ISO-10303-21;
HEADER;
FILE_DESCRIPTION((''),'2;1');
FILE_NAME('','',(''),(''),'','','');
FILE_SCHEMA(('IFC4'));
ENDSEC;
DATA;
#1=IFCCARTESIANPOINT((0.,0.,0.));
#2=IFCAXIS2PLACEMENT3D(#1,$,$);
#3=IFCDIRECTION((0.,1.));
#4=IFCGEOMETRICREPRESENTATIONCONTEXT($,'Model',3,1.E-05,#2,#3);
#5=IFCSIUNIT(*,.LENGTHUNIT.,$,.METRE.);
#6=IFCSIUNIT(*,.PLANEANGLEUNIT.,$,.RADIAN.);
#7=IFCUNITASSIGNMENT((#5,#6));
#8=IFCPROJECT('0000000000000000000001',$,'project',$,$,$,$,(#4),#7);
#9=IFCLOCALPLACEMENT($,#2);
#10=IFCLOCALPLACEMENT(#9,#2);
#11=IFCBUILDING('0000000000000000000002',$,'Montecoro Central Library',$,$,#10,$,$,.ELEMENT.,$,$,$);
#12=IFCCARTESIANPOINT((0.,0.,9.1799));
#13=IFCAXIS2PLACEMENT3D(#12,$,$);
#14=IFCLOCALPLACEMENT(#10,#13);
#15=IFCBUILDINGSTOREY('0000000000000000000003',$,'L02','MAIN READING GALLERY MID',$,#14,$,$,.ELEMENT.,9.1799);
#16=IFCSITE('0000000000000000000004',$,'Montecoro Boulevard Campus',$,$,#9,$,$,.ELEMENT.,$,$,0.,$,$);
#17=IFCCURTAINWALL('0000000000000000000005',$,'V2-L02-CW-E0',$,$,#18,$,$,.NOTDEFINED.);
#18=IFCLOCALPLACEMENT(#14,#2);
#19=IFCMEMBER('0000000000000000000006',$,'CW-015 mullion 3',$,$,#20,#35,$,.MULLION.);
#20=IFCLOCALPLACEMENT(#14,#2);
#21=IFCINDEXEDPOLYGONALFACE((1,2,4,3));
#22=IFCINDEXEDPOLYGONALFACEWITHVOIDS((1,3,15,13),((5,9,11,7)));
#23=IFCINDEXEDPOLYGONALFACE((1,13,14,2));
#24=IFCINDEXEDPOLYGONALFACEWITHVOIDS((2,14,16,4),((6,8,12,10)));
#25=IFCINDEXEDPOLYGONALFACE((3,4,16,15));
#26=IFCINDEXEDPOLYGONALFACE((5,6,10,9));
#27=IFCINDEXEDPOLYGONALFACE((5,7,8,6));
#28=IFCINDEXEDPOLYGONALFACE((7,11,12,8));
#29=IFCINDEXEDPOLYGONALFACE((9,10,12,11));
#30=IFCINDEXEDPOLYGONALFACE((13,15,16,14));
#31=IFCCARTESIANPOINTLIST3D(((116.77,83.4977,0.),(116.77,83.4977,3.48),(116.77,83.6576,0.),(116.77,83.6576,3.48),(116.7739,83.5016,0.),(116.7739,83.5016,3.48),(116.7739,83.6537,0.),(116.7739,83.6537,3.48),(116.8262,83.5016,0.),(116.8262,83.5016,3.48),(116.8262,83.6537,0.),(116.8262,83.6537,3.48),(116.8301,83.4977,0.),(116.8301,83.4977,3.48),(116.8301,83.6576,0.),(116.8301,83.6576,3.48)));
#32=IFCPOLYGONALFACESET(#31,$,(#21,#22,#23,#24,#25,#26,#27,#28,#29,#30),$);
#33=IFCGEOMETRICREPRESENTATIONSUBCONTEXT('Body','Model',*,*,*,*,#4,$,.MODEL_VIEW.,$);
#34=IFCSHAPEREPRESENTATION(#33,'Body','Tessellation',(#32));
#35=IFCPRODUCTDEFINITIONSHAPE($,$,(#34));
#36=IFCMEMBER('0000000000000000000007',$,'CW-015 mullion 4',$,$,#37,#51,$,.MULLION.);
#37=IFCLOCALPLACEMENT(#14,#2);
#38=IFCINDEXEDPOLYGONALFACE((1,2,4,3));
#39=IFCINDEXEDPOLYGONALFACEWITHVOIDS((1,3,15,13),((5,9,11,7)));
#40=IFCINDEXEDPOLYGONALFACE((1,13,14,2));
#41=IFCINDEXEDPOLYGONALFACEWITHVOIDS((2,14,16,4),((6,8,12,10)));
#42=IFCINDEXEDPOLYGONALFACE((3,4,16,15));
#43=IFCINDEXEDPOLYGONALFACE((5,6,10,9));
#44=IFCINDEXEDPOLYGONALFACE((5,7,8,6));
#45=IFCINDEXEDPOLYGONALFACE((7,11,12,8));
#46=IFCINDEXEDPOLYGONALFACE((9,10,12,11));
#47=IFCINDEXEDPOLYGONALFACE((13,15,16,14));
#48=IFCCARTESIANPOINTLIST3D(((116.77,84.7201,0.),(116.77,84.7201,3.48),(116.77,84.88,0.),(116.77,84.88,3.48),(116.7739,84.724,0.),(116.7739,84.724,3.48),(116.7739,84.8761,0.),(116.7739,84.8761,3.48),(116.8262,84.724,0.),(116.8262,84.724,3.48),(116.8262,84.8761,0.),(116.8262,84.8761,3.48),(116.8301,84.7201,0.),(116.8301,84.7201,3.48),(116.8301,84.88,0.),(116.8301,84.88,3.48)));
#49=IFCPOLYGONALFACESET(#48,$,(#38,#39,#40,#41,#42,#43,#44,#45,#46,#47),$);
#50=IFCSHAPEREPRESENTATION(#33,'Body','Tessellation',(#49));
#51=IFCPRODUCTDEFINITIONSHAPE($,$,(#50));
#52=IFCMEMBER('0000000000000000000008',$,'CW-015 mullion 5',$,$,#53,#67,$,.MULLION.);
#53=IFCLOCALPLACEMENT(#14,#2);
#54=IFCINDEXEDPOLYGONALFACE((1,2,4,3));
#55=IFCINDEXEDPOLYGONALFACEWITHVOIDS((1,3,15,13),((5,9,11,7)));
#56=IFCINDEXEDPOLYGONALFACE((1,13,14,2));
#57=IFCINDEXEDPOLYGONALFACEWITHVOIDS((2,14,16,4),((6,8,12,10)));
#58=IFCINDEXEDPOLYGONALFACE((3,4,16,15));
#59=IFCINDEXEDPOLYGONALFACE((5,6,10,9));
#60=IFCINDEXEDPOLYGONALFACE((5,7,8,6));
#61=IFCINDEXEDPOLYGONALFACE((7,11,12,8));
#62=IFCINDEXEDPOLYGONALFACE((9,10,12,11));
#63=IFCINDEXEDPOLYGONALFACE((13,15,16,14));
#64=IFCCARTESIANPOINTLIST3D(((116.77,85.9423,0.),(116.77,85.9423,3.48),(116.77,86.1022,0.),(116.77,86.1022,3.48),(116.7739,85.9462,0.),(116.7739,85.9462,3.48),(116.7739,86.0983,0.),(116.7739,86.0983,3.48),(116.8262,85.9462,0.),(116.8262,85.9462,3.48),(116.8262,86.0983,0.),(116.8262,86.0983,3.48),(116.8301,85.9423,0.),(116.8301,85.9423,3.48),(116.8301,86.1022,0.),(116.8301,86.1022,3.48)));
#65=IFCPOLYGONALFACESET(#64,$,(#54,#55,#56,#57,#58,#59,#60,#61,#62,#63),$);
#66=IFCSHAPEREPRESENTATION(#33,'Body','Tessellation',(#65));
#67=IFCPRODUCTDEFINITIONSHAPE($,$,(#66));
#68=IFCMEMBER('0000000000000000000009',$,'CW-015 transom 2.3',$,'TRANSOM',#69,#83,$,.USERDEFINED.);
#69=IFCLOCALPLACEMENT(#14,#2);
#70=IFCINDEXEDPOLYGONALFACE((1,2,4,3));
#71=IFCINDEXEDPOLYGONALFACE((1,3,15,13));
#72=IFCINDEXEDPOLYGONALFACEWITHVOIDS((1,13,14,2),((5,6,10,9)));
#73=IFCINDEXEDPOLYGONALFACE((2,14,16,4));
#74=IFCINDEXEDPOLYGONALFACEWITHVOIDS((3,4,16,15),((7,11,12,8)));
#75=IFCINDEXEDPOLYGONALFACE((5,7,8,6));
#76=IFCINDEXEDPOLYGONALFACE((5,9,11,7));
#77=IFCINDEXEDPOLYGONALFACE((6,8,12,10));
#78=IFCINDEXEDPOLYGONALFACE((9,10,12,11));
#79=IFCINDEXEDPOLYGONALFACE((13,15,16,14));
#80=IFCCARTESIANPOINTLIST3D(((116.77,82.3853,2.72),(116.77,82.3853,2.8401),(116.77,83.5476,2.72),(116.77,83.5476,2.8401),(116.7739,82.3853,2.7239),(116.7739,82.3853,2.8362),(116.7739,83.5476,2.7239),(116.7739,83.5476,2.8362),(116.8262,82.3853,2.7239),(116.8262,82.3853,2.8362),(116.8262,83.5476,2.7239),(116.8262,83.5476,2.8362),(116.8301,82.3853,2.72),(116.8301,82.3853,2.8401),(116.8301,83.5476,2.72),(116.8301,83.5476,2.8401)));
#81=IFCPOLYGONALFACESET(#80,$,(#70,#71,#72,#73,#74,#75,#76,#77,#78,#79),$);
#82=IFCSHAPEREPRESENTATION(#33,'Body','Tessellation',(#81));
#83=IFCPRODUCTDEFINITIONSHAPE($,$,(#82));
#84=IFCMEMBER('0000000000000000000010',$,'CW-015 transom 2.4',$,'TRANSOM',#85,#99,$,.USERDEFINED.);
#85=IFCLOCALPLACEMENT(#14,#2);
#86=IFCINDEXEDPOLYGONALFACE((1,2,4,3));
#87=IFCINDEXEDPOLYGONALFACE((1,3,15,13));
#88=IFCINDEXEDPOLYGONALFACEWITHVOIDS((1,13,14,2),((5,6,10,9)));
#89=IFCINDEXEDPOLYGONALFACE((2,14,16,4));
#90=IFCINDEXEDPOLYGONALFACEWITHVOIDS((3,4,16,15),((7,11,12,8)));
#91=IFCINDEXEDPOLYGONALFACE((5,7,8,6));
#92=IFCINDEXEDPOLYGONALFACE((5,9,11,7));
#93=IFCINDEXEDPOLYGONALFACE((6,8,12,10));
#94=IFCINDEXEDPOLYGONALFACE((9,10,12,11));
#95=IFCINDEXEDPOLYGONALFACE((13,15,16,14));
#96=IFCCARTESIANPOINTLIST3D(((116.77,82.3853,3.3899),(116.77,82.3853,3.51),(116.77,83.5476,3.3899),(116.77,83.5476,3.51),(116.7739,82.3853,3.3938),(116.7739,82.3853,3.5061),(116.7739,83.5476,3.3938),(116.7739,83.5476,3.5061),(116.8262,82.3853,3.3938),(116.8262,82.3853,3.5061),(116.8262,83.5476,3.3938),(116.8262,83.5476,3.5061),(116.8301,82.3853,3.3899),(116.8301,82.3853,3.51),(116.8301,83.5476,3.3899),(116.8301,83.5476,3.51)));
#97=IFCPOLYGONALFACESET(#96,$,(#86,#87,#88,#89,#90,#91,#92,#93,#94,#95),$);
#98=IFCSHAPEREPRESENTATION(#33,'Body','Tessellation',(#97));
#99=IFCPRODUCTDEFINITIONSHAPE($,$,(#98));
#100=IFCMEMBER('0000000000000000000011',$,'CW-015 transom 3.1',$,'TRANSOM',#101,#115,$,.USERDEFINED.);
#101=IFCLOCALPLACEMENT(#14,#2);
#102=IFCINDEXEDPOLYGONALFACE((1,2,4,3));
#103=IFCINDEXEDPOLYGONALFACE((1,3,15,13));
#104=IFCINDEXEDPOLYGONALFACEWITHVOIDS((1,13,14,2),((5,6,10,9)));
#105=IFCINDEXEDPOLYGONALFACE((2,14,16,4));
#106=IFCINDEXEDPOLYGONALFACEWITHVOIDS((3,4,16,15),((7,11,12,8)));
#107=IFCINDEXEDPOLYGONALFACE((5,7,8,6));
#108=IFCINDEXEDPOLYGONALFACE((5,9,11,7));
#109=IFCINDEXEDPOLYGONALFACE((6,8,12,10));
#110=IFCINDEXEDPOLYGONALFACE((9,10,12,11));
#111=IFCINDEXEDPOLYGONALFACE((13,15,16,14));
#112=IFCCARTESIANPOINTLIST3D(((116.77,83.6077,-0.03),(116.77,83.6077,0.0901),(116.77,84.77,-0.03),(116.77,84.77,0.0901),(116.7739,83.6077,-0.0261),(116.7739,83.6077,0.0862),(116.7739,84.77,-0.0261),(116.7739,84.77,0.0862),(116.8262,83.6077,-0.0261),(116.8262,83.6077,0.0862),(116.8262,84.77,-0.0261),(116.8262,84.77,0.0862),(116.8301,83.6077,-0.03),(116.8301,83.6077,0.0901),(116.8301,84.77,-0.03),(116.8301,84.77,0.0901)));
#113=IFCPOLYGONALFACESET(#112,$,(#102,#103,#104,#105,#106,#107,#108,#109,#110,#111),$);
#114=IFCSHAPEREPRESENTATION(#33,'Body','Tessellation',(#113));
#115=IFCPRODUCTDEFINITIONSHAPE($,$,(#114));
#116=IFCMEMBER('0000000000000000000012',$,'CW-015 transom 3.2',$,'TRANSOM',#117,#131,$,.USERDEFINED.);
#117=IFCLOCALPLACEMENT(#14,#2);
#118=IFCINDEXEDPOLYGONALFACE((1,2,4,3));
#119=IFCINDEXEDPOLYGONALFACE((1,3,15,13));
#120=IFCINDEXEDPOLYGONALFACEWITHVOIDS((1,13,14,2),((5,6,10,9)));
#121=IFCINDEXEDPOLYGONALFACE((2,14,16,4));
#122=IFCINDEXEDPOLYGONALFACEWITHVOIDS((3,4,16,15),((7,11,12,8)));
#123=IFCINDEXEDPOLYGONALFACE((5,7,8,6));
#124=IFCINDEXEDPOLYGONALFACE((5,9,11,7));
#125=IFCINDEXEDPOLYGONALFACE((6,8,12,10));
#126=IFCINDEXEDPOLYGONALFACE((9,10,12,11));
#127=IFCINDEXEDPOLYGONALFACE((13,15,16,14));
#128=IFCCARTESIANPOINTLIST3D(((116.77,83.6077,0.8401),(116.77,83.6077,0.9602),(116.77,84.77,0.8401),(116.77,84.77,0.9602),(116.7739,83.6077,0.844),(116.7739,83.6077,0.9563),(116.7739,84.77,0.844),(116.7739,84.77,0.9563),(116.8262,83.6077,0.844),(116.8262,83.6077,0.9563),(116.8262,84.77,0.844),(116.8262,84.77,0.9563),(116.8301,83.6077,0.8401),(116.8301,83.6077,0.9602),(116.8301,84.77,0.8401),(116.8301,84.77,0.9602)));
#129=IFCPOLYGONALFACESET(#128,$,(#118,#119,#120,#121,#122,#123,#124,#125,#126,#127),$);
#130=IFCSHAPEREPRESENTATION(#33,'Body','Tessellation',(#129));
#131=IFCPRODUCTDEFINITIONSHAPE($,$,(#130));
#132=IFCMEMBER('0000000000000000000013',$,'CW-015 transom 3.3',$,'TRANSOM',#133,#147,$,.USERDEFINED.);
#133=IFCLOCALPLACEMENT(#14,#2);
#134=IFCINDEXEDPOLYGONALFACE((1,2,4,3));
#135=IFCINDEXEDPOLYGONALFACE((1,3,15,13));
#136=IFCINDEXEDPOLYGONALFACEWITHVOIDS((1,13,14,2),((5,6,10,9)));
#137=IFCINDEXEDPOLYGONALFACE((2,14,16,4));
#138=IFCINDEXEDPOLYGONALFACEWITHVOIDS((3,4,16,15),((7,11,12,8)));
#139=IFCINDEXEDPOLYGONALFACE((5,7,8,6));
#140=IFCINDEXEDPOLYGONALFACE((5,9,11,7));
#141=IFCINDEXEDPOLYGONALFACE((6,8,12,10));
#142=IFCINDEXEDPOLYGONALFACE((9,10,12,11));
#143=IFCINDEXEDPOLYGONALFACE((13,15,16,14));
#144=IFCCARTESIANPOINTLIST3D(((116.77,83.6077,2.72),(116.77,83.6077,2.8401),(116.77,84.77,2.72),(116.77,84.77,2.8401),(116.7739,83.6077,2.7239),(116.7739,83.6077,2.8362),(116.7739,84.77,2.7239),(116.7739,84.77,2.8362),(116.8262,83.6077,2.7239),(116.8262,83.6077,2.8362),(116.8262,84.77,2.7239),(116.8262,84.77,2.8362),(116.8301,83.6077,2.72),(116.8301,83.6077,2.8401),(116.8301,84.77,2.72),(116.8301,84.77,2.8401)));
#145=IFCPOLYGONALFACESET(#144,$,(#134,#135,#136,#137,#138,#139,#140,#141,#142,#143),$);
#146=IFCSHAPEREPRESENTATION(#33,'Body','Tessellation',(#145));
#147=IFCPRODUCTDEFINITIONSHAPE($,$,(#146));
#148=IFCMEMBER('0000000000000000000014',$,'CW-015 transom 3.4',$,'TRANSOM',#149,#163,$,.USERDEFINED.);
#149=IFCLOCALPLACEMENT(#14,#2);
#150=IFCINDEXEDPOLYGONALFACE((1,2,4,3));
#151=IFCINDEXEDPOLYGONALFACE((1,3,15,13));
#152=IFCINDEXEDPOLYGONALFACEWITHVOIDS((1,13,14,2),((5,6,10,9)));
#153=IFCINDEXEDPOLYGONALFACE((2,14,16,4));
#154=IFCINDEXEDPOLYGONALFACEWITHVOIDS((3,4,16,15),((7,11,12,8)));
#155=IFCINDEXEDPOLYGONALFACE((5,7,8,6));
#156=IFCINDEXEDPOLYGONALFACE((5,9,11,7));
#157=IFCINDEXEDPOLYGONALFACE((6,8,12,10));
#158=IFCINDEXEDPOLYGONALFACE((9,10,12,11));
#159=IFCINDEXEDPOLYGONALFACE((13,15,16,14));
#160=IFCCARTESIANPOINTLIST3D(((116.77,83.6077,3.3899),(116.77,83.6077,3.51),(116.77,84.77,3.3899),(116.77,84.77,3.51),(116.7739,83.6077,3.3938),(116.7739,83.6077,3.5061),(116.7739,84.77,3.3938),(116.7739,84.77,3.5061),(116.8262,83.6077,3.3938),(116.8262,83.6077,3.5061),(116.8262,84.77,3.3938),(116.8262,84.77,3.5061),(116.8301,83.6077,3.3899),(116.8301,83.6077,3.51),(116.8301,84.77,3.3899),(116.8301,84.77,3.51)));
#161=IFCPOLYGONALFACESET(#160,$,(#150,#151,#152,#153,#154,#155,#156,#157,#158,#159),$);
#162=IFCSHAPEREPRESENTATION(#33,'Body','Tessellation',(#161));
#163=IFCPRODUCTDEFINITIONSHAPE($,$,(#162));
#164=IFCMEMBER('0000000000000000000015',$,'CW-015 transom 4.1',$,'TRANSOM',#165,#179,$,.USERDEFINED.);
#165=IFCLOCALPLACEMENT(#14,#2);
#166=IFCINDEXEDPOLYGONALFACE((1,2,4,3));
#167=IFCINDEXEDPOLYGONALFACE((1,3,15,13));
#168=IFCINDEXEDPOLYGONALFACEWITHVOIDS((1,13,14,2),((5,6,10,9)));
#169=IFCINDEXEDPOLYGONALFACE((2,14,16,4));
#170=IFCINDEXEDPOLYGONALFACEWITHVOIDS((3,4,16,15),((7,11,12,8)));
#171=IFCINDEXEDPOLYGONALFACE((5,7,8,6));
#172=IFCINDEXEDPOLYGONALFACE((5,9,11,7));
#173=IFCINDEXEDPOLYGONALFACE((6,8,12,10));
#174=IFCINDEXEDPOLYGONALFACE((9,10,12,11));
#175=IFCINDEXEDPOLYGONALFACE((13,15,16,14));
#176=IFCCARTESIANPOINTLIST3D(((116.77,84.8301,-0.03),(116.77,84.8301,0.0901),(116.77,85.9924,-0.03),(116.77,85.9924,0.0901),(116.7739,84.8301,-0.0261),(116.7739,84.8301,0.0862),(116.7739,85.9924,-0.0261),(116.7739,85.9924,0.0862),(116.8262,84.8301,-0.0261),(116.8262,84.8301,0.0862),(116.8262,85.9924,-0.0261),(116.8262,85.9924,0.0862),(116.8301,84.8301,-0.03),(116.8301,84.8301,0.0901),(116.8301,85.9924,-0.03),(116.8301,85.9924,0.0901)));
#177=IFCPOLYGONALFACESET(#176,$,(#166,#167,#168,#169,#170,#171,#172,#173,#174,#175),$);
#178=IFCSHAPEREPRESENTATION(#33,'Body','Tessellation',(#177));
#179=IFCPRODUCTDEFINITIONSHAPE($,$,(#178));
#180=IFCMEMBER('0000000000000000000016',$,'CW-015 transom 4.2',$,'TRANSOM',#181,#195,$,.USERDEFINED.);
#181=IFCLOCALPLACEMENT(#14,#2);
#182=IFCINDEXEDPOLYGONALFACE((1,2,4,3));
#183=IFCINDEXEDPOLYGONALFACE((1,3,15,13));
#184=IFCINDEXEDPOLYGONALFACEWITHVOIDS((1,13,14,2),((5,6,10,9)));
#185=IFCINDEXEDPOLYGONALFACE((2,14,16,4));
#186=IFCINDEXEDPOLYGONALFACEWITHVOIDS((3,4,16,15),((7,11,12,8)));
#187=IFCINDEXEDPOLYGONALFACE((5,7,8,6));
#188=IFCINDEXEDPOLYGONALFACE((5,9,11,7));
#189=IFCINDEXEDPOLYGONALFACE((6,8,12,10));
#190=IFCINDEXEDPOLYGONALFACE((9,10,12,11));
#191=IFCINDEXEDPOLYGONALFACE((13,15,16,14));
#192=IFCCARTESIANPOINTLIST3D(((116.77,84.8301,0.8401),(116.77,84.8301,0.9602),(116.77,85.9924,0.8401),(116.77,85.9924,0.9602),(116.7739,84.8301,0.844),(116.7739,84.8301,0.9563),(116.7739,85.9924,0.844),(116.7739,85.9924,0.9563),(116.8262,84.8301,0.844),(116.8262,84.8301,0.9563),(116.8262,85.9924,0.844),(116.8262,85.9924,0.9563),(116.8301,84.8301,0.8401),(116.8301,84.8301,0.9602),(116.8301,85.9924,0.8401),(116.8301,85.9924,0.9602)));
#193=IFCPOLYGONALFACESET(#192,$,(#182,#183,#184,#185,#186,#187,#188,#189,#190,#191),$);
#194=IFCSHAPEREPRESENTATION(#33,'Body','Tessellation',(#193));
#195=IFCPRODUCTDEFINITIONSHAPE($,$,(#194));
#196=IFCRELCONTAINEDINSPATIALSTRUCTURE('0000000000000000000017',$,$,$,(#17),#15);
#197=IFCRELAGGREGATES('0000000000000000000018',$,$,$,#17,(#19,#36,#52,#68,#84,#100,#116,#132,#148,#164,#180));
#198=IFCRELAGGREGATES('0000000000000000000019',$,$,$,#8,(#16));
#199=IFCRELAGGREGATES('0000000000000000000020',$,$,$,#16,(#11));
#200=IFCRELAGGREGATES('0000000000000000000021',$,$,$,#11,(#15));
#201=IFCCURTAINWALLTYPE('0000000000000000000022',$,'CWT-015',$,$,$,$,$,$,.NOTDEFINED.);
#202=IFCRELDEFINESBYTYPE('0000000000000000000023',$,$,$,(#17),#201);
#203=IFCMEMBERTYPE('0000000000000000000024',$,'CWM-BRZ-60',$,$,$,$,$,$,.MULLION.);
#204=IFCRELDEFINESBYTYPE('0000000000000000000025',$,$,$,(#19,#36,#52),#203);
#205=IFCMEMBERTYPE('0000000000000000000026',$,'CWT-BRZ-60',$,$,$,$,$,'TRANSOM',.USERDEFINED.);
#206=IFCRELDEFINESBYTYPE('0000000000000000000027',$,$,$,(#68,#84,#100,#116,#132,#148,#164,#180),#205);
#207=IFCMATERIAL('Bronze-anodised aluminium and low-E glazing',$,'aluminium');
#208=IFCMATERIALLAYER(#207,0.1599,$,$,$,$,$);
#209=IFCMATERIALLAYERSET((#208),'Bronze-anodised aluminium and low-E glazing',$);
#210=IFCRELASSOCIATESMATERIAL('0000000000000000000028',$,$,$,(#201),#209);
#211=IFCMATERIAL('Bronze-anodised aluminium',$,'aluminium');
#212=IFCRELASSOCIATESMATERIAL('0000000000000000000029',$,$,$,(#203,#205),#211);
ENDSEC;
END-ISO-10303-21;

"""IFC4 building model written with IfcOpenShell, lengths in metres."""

from ifc_helpers import new_model, si_unit, direction, frame, origin, origin_2d, place, context, subcontext, project, spatial, hollow_rectangle, extrude, material, layer, layer_set, material_profile, profile_set, type_object, element, aggregate, save


model = new_model("IFC4")

# Units and contexts
model_context = context("Model", 3, precision=1e-05, world=origin(), true_north=direction((0.0, 1.0)))
body_context = subcontext(model_context, "Body", "Model", "MODEL_VIEW")
ifc_project = project(units=[si_unit("LENGTHUNIT", "METRE"), si_unit("PLANEANGLEUNIT", "RADIAN")], contexts=[model_context])

# Site, building, storey
site_placement = place(None, origin())
site = spatial("IfcSite", under=ifc_project, at=site_placement, Name="Montecoro Boulevard Campus", CompositionType="ELEMENT", RefElevation=0.0)
building_placement = place(site_placement, origin())
building = spatial("IfcBuilding", under=site, at=building_placement, Name="Montecoro Central Library", CompositionType="ELEMENT")
storey_placement = place(building_placement, frame((0.0, 0.0, 9.1799)))
storey = spatial("IfcBuildingStorey", under=building, at=storey_placement, Name="L02", Description="MAIN READING GALLERY MID", CompositionType="ELEMENT", Elevation=9.1799)

# Curtain wall, members
ifc_material_1 = material(Name="Bronze-anodised aluminium and low-E glazing", Category="aluminium")
ifc_layer_1 = layer(ifc_material_1, 0.1599)
ifc_layer_set_1 = layer_set([ifc_layer_1], Name="Bronze-anodised aluminium and low-E glazing")
curtain_wall_type = type_object("IfcCurtainWallType", Name="CWT-015", PredefinedType="NOTDEFINED", material=ifc_layer_set_1)
curtain_wall_placement = place(storey_placement, origin())
curtain_wall = element("IfcCurtainWall", 1, at=curtain_wall_placement, inside=storey, type_object=curtain_wall_type, Name="V2-L02-CW-E0", PredefinedType="NOTDEFINED")
ifc_material_2 = material(Name="Bronze-anodised aluminium", Category="aluminium")
ifc_material_profile_1 = material_profile(ifc_material_2, hollow_rectangle(XDim=0.0601, YDim=0.1599, WallThickness=0.0039, at=origin_2d()), Name="CWM 160x60x4.0")
ifc_profile_set_1 = profile_set([ifc_material_profile_1], Name="Bronze-anodised aluminium")
member_type_1 = type_object("IfcMemberType", Name="CWM-BRZ-60", PredefinedType="MULLION", material=ifc_profile_set_1)
member_1_placement = place(storey_placement, frame((116.8, 83.5776, 0.0), z_axis=(0.0, 0.0, 1.0), x_axis=(-1.0, 0.0, 0.0)))
member_1 = element("IfcMember", 2, at=member_1_placement, type_object=member_type_1, Name="CW-015 mullion 3", PredefinedType="MULLION", context=body_context, shape_type="SweptSolid", body=[
    extrude(hollow_rectangle(XDim=0.0601, YDim=0.1599, WallThickness=0.0039, at=origin_2d()), origin(), (0.0, 0.0, 1.0), 3.48),
])
member_2_placement = place(storey_placement, frame((116.8, 84.8, 0.0), z_axis=(0.0, 0.0, 1.0), x_axis=(-1.0, 0.0, 0.0)))
member_2 = element("IfcMember", 3, at=member_2_placement, type_object=member_type_1, Name="CW-015 mullion 4", PredefinedType="MULLION", context=body_context, shape_type="SweptSolid", body=[
    extrude(hollow_rectangle(XDim=0.0601, YDim=0.1599, WallThickness=0.0039, at=origin_2d()), origin(), (0.0, 0.0, 1.0), 3.48),
])
member_3_placement = place(storey_placement, frame((116.8, 86.0222, 0.0), z_axis=(0.0, 0.0, 1.0), x_axis=(-1.0, 0.0, 0.0)))
member_3 = element("IfcMember", 4, at=member_3_placement, type_object=member_type_1, Name="CW-015 mullion 5", PredefinedType="MULLION", context=body_context, shape_type="SweptSolid", body=[
    extrude(hollow_rectangle(XDim=0.0601, YDim=0.1599, WallThickness=0.0039, at=origin_2d()), origin(), (0.0, 0.0, 1.0), 3.48),
])
ifc_material_profile_2 = material_profile(ifc_material_2, hollow_rectangle(XDim=0.0601, YDim=0.1201, WallThickness=0.0039, at=origin_2d()), Name="CWT 120x60x4.0")
ifc_profile_set_2 = profile_set([ifc_material_profile_2], Name="Bronze-anodised aluminium")
member_type_2 = type_object("IfcMemberType", Name="CWT-BRZ-60", ElementType="TRANSOM", PredefinedType="USERDEFINED", material=ifc_profile_set_2)
member_4_placement = place(storey_placement, frame((116.8, 82.3853, 2.78), z_axis=(0.0, 1.0, 0.0), x_axis=(-1.0, 0.0, 0.0)))
member_4 = element("IfcMember", 5, at=member_4_placement, type_object=member_type_2, Name="CW-015 transom 2.3", ObjectType="TRANSOM", PredefinedType="USERDEFINED", context=body_context, shape_type="SweptSolid", body=[
    extrude(hollow_rectangle(XDim=0.0601, YDim=0.1201, WallThickness=0.0039, at=origin_2d()), origin(), (0.0, 0.0, 1.0), 1.1624),
])
member_5_placement = place(storey_placement, frame((116.8, 82.3853, 3.45), z_axis=(0.0, 1.0, 0.0), x_axis=(-1.0, 0.0, 0.0)))
member_5 = element("IfcMember", 6, at=member_5_placement, type_object=member_type_2, Name="CW-015 transom 2.4", ObjectType="TRANSOM", PredefinedType="USERDEFINED", context=body_context, shape_type="SweptSolid", body=[
    extrude(hollow_rectangle(XDim=0.0601, YDim=0.1201, WallThickness=0.0039, at=origin_2d()), origin(), (0.0, 0.0, 1.0), 1.1624),
])
member_6_placement = place(storey_placement, frame((116.8, 83.6077, 0.03), z_axis=(0.0, 1.0, 0.0), x_axis=(-1.0, 0.0, 0.0)))
member_6 = element("IfcMember", 7, at=member_6_placement, type_object=member_type_2, Name="CW-015 transom 3.1", ObjectType="TRANSOM", PredefinedType="USERDEFINED", context=body_context, shape_type="SweptSolid", body=[
    extrude(hollow_rectangle(XDim=0.0601, YDim=0.1201, WallThickness=0.0039, at=origin_2d()), origin(), (0.0, 0.0, 1.0), 1.1624),
])
member_7_placement = place(storey_placement, frame((116.8, 83.6077, 0.9001), z_axis=(0.0, 1.0, 0.0), x_axis=(-1.0, 0.0, 0.0)))
member_7 = element("IfcMember", 8, at=member_7_placement, type_object=member_type_2, Name="CW-015 transom 3.2", ObjectType="TRANSOM", PredefinedType="USERDEFINED", context=body_context, shape_type="SweptSolid", body=[
    extrude(hollow_rectangle(XDim=0.0601, YDim=0.1201, WallThickness=0.0039, at=origin_2d()), origin(), (0.0, 0.0, 1.0), 1.1624),
])
member_8_placement = place(storey_placement, frame((116.8, 83.6077, 2.78), z_axis=(0.0, 1.0, 0.0), x_axis=(-1.0, 0.0, 0.0)))
member_8 = element("IfcMember", 9, at=member_8_placement, type_object=member_type_2, Name="CW-015 transom 3.3", ObjectType="TRANSOM", PredefinedType="USERDEFINED", context=body_context, shape_type="SweptSolid", body=[
    extrude(hollow_rectangle(XDim=0.0601, YDim=0.1201, WallThickness=0.0039, at=origin_2d()), origin(), (0.0, 0.0, 1.0), 1.1624),
])
member_9_placement = place(storey_placement, frame((116.8, 83.6077, 3.45), z_axis=(0.0, 1.0, 0.0), x_axis=(-1.0, 0.0, 0.0)))
member_9 = element("IfcMember", 10, at=member_9_placement, type_object=member_type_2, Name="CW-015 transom 3.4", ObjectType="TRANSOM", PredefinedType="USERDEFINED", context=body_context, shape_type="SweptSolid", body=[
    extrude(hollow_rectangle(XDim=0.0601, YDim=0.1201, WallThickness=0.0039, at=origin_2d()), origin(), (0.0, 0.0, 1.0), 1.1624),
])
member_10_placement = place(storey_placement, frame((116.8, 84.8301, 0.03), z_axis=(0.0, 1.0, 0.0), x_axis=(-1.0, 0.0, 0.0)))
member_10 = element("IfcMember", 11, at=member_10_placement, type_object=member_type_2, Name="CW-015 transom 4.1", ObjectType="TRANSOM", PredefinedType="USERDEFINED", context=body_context, shape_type="SweptSolid", body=[
    extrude(hollow_rectangle(XDim=0.0601, YDim=0.1201, WallThickness=0.0039, at=origin_2d()), origin(), (0.0, 0.0, 1.0), 1.1624),
])
member_11_placement = place(storey_placement, frame((116.8, 84.8301, 0.9001), z_axis=(0.0, 1.0, 0.0), x_axis=(-1.0, 0.0, 0.0)))
member_11 = element("IfcMember", 12, at=member_11_placement, type_object=member_type_2, Name="CW-015 transom 4.2", ObjectType="TRANSOM", PredefinedType="USERDEFINED", context=body_context, shape_type="SweptSolid", body=[
    extrude(hollow_rectangle(XDim=0.0601, YDim=0.1201, WallThickness=0.0039, at=origin_2d()), origin(), (0.0, 0.0, 1.0), 1.1624),
])
aggregate(curtain_wall, [member_1, member_2, member_3, member_4, member_5, member_6, member_7, member_8, member_9, member_10, member_11])

save(model, "model.ifc")
